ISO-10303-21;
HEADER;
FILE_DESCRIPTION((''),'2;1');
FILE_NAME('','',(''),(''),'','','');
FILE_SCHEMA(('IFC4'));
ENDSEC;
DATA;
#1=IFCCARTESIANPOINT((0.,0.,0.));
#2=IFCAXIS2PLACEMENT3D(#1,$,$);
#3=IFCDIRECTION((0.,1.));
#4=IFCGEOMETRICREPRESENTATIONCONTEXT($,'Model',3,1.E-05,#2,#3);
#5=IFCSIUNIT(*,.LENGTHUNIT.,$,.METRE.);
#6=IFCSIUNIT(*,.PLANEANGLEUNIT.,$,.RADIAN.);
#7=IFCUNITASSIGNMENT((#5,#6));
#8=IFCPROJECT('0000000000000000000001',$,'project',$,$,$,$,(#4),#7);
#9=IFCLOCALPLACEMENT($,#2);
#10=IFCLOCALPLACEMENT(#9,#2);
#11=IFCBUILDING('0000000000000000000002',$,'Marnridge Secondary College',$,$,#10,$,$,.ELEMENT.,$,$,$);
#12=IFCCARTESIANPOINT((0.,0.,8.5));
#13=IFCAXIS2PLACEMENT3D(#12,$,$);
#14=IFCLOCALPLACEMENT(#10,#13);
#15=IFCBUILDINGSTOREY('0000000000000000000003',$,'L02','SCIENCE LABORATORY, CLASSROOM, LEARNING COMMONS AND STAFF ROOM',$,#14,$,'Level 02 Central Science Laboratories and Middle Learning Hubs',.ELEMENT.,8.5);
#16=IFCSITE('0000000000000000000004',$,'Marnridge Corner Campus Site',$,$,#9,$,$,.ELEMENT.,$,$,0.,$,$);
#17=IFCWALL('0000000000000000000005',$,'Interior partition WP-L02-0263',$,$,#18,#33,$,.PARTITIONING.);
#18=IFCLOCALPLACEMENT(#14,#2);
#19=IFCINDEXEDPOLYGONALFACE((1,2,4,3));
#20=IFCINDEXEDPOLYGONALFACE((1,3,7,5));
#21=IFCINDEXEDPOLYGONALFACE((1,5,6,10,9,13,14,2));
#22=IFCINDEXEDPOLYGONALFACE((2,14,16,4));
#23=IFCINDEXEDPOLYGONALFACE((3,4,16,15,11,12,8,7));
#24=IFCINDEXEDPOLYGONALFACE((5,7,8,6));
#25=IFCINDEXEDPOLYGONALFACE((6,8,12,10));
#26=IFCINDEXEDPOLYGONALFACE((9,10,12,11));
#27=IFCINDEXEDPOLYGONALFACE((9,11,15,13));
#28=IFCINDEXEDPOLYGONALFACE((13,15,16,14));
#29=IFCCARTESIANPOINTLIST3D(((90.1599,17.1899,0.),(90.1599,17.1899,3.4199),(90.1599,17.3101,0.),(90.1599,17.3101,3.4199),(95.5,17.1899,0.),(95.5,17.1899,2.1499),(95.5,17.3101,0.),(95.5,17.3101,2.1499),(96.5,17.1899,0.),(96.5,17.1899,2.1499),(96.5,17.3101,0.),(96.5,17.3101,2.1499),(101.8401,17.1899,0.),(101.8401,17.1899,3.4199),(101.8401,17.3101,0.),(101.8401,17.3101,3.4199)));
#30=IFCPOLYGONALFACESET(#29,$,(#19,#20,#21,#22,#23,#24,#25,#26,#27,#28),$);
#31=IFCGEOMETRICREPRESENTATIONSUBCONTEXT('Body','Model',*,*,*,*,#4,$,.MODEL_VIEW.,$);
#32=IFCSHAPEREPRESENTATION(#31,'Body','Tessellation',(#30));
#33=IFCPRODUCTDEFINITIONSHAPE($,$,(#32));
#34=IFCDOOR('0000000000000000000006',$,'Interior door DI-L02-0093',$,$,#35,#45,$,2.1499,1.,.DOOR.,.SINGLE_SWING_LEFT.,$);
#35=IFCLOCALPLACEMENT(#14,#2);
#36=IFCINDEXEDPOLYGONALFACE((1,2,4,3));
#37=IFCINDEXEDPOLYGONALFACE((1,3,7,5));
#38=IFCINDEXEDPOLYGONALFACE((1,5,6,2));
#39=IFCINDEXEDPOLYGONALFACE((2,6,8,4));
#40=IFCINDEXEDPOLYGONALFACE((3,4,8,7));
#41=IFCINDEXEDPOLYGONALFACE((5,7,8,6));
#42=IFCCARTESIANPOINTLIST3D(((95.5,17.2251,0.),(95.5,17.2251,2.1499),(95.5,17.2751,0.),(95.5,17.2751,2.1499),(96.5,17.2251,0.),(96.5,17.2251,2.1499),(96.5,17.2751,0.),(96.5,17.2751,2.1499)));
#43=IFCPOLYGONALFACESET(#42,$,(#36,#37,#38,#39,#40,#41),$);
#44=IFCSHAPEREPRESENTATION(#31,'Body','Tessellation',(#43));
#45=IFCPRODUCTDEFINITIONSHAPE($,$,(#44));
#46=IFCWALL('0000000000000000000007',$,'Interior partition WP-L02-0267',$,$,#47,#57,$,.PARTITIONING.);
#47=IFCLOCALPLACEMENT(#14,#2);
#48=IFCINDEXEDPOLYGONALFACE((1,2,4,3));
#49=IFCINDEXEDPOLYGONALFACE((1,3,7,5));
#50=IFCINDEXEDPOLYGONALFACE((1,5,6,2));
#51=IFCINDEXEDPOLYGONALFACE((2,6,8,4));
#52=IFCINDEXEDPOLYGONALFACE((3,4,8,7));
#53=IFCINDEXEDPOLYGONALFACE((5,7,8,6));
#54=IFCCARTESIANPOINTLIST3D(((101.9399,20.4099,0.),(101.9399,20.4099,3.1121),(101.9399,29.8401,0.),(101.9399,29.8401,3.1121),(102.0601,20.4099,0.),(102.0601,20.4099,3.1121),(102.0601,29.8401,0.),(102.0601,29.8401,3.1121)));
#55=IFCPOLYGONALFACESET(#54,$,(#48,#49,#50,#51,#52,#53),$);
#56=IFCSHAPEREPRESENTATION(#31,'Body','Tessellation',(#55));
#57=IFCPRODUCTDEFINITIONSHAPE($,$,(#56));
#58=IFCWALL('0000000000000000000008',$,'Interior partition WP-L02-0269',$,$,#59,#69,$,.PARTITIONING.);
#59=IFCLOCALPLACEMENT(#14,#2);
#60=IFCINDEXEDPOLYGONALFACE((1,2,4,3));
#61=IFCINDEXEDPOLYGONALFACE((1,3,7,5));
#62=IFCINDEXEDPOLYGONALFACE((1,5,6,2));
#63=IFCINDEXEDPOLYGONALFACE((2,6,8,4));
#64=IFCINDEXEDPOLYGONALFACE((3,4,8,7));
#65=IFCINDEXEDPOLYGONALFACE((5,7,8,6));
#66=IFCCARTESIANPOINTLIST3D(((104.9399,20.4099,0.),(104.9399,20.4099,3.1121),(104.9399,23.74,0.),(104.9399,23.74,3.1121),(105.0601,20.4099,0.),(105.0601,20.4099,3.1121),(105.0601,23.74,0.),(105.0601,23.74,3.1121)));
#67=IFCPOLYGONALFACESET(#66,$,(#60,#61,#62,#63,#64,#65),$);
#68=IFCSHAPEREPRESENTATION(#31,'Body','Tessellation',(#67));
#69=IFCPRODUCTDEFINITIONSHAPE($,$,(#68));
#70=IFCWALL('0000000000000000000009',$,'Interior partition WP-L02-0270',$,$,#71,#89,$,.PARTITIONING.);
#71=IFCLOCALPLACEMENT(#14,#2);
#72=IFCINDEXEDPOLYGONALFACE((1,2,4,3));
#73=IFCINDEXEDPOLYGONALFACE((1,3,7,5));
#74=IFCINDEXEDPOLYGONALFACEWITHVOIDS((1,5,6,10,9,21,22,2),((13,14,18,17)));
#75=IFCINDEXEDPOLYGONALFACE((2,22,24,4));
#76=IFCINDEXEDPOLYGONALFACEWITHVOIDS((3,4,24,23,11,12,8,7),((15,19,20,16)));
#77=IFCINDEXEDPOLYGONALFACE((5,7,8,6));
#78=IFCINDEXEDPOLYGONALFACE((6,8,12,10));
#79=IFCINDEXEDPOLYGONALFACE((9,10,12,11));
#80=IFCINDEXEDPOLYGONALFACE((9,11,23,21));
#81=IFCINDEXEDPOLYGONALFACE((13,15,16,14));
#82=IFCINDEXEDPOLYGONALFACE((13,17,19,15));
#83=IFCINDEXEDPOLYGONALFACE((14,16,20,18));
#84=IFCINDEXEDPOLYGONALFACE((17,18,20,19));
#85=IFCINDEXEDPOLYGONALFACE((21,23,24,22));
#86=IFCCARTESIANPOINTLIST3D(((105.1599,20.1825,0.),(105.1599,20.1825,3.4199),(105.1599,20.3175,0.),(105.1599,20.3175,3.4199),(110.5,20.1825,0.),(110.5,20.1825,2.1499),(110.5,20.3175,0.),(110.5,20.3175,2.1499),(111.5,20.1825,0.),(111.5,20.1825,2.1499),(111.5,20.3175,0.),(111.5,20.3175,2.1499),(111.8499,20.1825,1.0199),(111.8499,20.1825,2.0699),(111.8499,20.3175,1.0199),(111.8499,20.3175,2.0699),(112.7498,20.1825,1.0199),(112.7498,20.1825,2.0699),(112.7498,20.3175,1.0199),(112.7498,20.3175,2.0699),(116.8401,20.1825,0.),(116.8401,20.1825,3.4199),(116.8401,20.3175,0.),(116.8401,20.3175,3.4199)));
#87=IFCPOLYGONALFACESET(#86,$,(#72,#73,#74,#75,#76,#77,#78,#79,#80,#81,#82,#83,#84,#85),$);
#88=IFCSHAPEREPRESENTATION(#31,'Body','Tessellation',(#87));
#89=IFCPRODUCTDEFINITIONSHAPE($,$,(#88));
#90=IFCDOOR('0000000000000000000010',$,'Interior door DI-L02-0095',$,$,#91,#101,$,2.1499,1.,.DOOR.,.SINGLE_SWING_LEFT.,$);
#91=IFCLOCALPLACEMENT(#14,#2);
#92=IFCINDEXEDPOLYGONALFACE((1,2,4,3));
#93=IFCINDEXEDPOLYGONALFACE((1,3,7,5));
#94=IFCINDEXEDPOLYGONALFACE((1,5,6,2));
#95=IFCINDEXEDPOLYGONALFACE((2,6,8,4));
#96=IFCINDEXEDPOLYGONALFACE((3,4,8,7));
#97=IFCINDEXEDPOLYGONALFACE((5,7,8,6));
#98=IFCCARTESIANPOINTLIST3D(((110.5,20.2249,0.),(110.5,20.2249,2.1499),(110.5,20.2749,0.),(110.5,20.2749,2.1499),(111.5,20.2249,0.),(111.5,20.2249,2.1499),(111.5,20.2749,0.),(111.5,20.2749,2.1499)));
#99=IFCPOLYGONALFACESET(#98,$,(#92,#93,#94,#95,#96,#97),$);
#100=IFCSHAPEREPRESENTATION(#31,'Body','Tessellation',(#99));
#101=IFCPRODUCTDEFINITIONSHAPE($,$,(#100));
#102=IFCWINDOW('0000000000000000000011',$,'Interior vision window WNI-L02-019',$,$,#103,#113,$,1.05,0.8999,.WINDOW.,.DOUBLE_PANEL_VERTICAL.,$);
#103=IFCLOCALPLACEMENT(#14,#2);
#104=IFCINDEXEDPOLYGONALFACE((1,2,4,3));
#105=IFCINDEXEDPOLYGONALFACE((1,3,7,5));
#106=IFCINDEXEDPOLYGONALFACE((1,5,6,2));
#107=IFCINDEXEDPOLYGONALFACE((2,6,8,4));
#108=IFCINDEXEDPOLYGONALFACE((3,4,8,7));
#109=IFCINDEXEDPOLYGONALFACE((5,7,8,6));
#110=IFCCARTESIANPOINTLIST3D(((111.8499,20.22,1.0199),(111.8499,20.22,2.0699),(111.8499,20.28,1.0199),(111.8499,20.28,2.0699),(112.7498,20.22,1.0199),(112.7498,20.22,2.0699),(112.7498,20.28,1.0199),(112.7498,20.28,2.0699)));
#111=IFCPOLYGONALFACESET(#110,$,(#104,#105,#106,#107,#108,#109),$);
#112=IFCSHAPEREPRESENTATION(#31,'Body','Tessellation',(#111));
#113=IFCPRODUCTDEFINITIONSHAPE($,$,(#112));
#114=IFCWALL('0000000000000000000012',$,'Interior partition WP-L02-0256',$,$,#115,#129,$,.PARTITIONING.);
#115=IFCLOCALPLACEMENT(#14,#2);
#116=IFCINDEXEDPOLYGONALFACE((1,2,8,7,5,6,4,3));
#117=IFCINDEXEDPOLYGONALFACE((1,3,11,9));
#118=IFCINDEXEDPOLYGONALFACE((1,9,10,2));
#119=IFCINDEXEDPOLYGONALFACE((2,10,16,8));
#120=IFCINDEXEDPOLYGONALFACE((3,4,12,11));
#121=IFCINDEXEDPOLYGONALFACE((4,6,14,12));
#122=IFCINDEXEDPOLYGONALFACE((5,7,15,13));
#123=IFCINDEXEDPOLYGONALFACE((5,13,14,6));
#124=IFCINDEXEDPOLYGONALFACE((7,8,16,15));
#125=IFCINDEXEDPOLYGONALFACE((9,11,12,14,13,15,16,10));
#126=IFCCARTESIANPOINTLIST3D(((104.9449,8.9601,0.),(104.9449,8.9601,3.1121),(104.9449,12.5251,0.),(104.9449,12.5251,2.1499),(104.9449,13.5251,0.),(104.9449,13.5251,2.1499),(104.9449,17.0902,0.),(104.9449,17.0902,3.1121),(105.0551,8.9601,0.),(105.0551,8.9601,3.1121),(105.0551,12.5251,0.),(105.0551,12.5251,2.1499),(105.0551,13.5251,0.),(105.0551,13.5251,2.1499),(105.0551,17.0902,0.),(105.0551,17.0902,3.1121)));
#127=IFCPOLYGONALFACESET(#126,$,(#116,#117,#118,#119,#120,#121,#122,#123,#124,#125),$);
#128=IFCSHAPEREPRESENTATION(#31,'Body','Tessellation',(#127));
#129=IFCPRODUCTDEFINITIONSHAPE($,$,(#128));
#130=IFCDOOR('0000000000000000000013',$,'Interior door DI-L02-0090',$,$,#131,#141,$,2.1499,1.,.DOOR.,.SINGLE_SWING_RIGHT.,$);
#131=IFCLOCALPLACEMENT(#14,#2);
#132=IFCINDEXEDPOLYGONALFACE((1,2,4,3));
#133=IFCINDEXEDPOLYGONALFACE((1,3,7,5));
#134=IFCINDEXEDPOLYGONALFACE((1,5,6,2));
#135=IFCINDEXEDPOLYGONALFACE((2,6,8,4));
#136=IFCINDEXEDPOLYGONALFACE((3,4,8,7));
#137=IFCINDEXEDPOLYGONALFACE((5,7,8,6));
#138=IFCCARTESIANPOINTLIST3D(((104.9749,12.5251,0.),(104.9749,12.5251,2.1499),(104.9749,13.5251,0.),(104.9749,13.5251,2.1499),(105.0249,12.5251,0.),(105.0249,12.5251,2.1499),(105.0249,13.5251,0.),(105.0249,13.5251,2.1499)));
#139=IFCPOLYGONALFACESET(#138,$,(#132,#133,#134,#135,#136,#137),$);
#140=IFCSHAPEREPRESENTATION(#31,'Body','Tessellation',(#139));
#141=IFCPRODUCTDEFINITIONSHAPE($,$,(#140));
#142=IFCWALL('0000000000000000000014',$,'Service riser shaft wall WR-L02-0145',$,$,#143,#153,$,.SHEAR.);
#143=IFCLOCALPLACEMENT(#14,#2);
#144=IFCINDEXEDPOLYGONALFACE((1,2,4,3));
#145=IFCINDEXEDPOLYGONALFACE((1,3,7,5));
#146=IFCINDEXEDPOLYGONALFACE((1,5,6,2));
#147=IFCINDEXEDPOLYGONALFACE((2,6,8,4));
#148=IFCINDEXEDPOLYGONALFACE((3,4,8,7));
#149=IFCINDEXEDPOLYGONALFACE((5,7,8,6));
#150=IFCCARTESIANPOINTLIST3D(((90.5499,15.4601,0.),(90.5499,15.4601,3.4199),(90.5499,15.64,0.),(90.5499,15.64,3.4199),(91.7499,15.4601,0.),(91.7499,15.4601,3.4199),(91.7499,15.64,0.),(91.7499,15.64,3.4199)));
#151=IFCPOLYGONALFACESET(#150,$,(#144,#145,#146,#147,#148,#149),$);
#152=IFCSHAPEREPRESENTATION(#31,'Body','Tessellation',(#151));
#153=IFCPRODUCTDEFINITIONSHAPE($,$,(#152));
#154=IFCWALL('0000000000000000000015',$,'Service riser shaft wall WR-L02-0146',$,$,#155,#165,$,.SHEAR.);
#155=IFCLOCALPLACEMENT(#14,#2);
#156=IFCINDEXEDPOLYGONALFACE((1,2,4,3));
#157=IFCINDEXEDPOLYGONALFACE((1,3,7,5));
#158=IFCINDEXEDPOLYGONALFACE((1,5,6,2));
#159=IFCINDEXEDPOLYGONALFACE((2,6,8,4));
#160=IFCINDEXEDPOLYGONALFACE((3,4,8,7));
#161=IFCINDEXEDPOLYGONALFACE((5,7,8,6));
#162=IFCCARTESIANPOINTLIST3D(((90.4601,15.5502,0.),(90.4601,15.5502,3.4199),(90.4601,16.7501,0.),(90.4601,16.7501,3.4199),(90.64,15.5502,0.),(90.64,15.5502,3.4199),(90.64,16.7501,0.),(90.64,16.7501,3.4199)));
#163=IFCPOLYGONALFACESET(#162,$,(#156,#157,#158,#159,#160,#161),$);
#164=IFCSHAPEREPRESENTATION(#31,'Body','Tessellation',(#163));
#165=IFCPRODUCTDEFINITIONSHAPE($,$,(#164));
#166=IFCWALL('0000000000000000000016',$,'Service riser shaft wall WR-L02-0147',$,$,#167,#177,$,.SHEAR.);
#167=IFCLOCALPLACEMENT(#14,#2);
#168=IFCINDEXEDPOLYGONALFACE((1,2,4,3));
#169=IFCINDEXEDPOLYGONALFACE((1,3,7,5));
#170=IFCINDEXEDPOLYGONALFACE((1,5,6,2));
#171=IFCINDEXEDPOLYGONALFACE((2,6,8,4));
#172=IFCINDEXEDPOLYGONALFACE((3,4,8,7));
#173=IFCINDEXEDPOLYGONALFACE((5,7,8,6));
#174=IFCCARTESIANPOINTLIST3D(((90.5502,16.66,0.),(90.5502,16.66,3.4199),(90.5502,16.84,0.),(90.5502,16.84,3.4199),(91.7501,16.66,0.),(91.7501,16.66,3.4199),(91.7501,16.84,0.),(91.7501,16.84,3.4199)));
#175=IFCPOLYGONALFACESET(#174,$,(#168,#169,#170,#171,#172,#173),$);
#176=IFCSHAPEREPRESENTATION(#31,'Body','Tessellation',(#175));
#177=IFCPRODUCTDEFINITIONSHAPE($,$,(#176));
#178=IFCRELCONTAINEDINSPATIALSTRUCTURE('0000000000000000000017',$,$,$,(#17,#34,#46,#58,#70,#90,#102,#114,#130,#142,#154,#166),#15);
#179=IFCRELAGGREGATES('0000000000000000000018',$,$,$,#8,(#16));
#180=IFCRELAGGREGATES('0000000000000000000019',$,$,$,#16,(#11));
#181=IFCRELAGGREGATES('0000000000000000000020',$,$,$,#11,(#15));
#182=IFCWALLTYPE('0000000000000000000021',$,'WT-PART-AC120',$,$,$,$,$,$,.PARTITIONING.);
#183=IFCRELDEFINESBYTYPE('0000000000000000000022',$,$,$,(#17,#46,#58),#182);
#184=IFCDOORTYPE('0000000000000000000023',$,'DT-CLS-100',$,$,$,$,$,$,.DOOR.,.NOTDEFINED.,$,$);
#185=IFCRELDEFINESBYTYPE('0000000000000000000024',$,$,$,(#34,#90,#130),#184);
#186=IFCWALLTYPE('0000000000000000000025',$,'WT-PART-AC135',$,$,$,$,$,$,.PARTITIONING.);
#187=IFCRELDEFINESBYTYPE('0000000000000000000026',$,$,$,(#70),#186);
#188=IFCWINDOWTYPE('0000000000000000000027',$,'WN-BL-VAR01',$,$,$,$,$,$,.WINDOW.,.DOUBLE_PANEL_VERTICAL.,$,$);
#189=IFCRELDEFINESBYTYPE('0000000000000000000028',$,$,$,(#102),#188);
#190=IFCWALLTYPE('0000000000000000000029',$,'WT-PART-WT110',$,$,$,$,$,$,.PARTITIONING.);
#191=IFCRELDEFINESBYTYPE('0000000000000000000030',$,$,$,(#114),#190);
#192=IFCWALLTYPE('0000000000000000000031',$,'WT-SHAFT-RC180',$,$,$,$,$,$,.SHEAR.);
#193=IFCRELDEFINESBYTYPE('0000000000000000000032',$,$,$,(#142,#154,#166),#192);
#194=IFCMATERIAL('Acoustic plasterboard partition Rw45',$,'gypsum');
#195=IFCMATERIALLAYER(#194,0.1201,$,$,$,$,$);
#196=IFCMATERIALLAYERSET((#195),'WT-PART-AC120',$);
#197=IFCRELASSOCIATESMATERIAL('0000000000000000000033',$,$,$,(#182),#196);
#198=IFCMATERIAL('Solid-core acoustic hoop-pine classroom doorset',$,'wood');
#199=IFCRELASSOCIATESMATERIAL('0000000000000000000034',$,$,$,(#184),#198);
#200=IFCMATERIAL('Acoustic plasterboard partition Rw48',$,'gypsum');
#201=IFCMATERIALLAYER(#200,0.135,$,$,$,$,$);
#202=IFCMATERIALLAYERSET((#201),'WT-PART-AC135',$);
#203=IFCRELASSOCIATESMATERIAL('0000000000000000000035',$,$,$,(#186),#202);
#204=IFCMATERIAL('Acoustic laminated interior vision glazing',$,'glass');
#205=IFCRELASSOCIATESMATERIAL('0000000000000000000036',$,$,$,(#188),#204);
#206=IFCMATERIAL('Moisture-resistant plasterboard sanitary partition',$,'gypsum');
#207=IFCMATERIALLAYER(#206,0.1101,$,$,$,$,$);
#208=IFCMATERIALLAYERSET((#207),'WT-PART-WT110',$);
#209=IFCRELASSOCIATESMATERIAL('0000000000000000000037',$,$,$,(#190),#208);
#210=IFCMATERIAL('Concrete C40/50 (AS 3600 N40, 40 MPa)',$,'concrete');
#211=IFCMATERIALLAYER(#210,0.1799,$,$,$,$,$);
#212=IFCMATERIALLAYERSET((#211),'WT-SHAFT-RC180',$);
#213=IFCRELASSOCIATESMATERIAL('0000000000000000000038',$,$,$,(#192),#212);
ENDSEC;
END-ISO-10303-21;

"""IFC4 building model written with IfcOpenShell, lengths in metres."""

from ifc_helpers import new_model, si_unit, direction, frame, frame_2d, origin, place, context, subcontext, project, spatial, rectangle, extrude, material, layer, layer_set, type_object, element, fill, save


model = new_model("IFC4")

# Units and contexts
model_context = context("Model", 3, precision=1e-05, world=origin(), true_north=direction((0.0, 1.0)))
body_context = subcontext(model_context, "Body", "Model", "MODEL_VIEW")
ifc_project = project(units=[si_unit("LENGTHUNIT", "METRE"), si_unit("PLANEANGLEUNIT", "RADIAN")], contexts=[model_context])

# Site, building, storey
site_placement = place(None, origin())
site = spatial("IfcSite", under=ifc_project, at=site_placement, Name="Marnridge Corner Campus Site", CompositionType="ELEMENT", RefElevation=0.0)
building_placement = place(site_placement, origin())
building = spatial("IfcBuilding", under=site, at=building_placement, Name="Marnridge Secondary College", CompositionType="ELEMENT")
storey_placement = place(building_placement, frame((0.0, 0.0, 8.5)))
storey = spatial("IfcBuildingStorey", under=building, at=storey_placement, Name="L02", Description="SCIENCE LABORATORY, CLASSROOM, LEARNING COMMONS AND STAFF ROOM", LongName="Level 02 Central Science Laboratories and Middle Learning Hubs", CompositionType="ELEMENT", Elevation=8.5)

# Wall, opening, door
ifc_material_1 = material(Name="Acoustic plasterboard partition Rw45", Category="gypsum")
ifc_layer_1 = layer(ifc_material_1, 0.1201)
ifc_layer_set_1 = layer_set([ifc_layer_1], Name="WT-PART-AC120")
wall_type_1 = type_object("IfcWallType", Name="WT-PART-AC120", PredefinedType="PARTITIONING", material=ifc_layer_set_1)
wall_1_placement = place(storey_placement, frame((101.8401, 17.25, 0.0), z_axis=(0.0, 0.0, 1.0), x_axis=(-1.0, 0.0, 0.0)))
wall_1 = element("IfcWall", 1, at=wall_1_placement, inside=storey, type_object=wall_type_1, Name="Interior partition WP-L02-0263", PredefinedType="PARTITIONING", context=body_context, shape_type="SweptSolid", body=[
    extrude(rectangle(XDim=11.6802, YDim=0.1201, at=frame_2d((5.8401, 0.0))), origin(), (0.0, 0.0, 1.0), 3.4199),
])
opening_1_placement = place(wall_1_placement, frame((5.3401, 0.0, 0.0)))
opening_1 = element("IfcOpeningElement", 2, at=opening_1_placement, cuts=wall_1, PredefinedType="OPENING", context=body_context, shape_type="SweptSolid", body=[
    extrude(rectangle(XDim=1.0, YDim=2.1499, at=frame_2d((0.5, 1.075))), frame((0.0, 0.0701, 0.0), z_axis=(0.0, -1.0, 0.0), x_axis=(1.0, 0.0, 0.0)), (0.0, 0.0, 1.0), 0.1401),
])
ifc_material_2 = material(Name="Solid-core acoustic hoop-pine classroom doorset", Category="wood")
door_type = type_object("IfcDoorType", Name="DT-CLS-100", OperationType="NOTDEFINED", PredefinedType="DOOR", material=ifc_material_2)
door_1_placement = place(opening_1_placement, origin())
door_1 = element("IfcDoor", 3, at=door_1_placement, inside=storey, type_object=door_type, Name="Interior door DI-L02-0093", OperationType="SINGLE_SWING_LEFT", OverallHeight=2.1499, OverallWidth=1.0, PredefinedType="DOOR", context=body_context, shape_type="SweptSolid", body=[
    extrude(rectangle(XDim=1.0, YDim=2.1499, at=frame_2d((0.5, 1.075))), frame((0.0, 0.0249, 0.0), z_axis=(0.0, -1.0, 0.0), x_axis=(1.0, 0.0, 0.0)), (0.0, 0.0, 1.0), 0.05),
])
fill(opening_1, door_1)

# Walls
wall_2_placement = place(storey_placement, frame((102.0, 20.4099, 0.0), z_axis=(0.0, 0.0, 1.0), x_axis=(0.0, 1.0, 0.0)))
element("IfcWall", 4, at=wall_2_placement, inside=storey, type_object=wall_type_1, Name="Interior partition WP-L02-0267", PredefinedType="PARTITIONING", context=body_context, shape_type="SweptSolid", body=[
    extrude(rectangle(XDim=9.4302, YDim=0.1201, at=frame_2d((4.7151, 0.0))), origin(), (0.0, 0.0, 1.0), 3.1121),
])
wall_3_placement = place(storey_placement, frame((105.0, 23.74, 0.0), z_axis=(0.0, 0.0, 1.0), x_axis=(0.0, -1.0, 0.0)))
element("IfcWall", 5, at=wall_3_placement, inside=storey, type_object=wall_type_1, Name="Interior partition WP-L02-0269", PredefinedType="PARTITIONING", context=body_context, shape_type="SweptSolid", body=[
    extrude(rectangle(XDim=3.3301, YDim=0.1201, at=frame_2d((1.665, 0.0))), origin(), (0.0, 0.0, 1.0), 3.1121),
])

# Wall, openings, door, window
ifc_material_3 = material(Name="Acoustic plasterboard partition Rw48", Category="gypsum")
ifc_layer_2 = layer(ifc_material_3, 0.135)
ifc_layer_set_2 = layer_set([ifc_layer_2], Name="WT-PART-AC135")
wall_type_2 = type_object("IfcWallType", Name="WT-PART-AC135", PredefinedType="PARTITIONING", material=ifc_layer_set_2)
wall_4_placement = place(storey_placement, frame((105.1599, 20.25, 0.0), z_axis=(0.0, 0.0, 1.0), x_axis=(1.0, 0.0, 0.0)))
wall_4 = element("IfcWall", 6, at=wall_4_placement, inside=storey, type_object=wall_type_2, Name="Interior partition WP-L02-0270", PredefinedType="PARTITIONING", context=body_context, shape_type="SweptSolid", body=[
    extrude(rectangle(XDim=11.6802, YDim=0.135, at=frame_2d((5.8401, 0.0))), origin(), (0.0, 0.0, 1.0), 3.4199),
])
opening_2_placement = place(wall_4_placement, frame((5.3401, 0.0, 0.0)))
opening_2 = element("IfcOpeningElement", 7, at=opening_2_placement, cuts=wall_4, PredefinedType="OPENING", context=body_context, shape_type="SweptSolid", body=[
    extrude(rectangle(XDim=1.0, YDim=2.1499, at=frame_2d((0.5, 1.075))), frame((0.0, 0.0774, 0.0), z_axis=(0.0, -1.0, 0.0), x_axis=(1.0, 0.0, 0.0)), (0.0, 0.0, 1.0), 0.155),
])
opening_3_placement = place(wall_4_placement, frame((6.6899, 0.0, 1.02)))
opening_3 = element("IfcOpeningElement", 8, at=opening_3_placement, cuts=wall_4, PredefinedType="OPENING", context=body_context, shape_type="SweptSolid", body=[
    extrude(rectangle(XDim=0.8999, YDim=1.05, at=frame_2d((0.45, 0.5249))), frame((0.0, 0.0774, 0.0), z_axis=(0.0, -1.0, 0.0), x_axis=(1.0, 0.0, 0.0)), (0.0, 0.0, 1.0), 0.155),
])
door_2_placement = place(opening_2_placement, origin())
door_2 = element("IfcDoor", 9, at=door_2_placement, inside=storey, type_object=door_type, Name="Interior door DI-L02-0095", OperationType="SINGLE_SWING_LEFT", OverallHeight=2.1499, OverallWidth=1.0, PredefinedType="DOOR", context=body_context, shape_type="SweptSolid", body=[
    extrude(rectangle(XDim=1.0, YDim=2.1499, at=frame_2d((0.5, 1.075))), frame((0.0, 0.0249, 0.0), z_axis=(0.0, -1.0, 0.0), x_axis=(1.0, 0.0, 0.0)), (0.0, 0.0, 1.0), 0.05),
])
fill(opening_2, door_2)
ifc_material_4 = material(Name="Acoustic laminated interior vision glazing", Category="glass")
window_type_1 = type_object("IfcWindowType", Name="WN-BL-VAR01", PartitioningType="DOUBLE_PANEL_VERTICAL", PredefinedType="WINDOW", material=ifc_material_4)
window_1_placement = place(opening_3_placement, origin())
window_1 = element("IfcWindow", 10, at=window_1_placement, inside=storey, type_object=window_type_1, Name="Interior vision window WNI-L02-019", OverallHeight=1.05, OverallWidth=0.8999, PartitioningType="DOUBLE_PANEL_VERTICAL", PredefinedType="WINDOW", context=body_context, shape_type="SweptSolid", body=[
    extrude(rectangle(XDim=0.8999, YDim=1.05, at=frame_2d((0.45, 0.5249))), frame((0.0, 0.03, 0.0), z_axis=(0.0, -1.0, 0.0), x_axis=(1.0, 0.0, 0.0)), (0.0, 0.0, 1.0), 0.0601),
])
fill(opening_3, window_1)

# Wall, opening, door
ifc_material_5 = material(Name="Moisture-resistant plasterboard sanitary partition", Category="gypsum")
ifc_layer_3 = layer(ifc_material_5, 0.1101)
ifc_layer_set_3 = layer_set([ifc_layer_3], Name="WT-PART-WT110")
wall_type_3 = type_object("IfcWallType", Name="WT-PART-WT110", PredefinedType="PARTITIONING", material=ifc_layer_set_3)
wall_5_placement = place(storey_placement, frame((105.0, 17.0901, 0.0), z_axis=(0.0, 0.0, 1.0), x_axis=(0.0, -1.0, 0.0)))
wall_5 = element("IfcWall", 11, at=wall_5_placement, inside=storey, type_object=wall_type_3, Name="Interior partition WP-L02-0256", PredefinedType="PARTITIONING", context=body_context, shape_type="SweptSolid", body=[
    extrude(rectangle(XDim=8.1301, YDim=0.1101, at=frame_2d((4.0649, 0.0))), origin(), (0.0, 0.0, 1.0), 3.1121),
])
opening_4_placement = place(wall_5_placement, frame((3.5649, 0.0, 0.0)))
opening_4 = element("IfcOpeningElement", 12, at=opening_4_placement, cuts=wall_5, PredefinedType="OPENING", context=body_context, shape_type="SweptSolid", body=[
    extrude(rectangle(XDim=1.0, YDim=2.1499, at=frame_2d((0.5, 1.075))), frame((0.0, 0.0649, 0.0), z_axis=(0.0, -1.0, 0.0), x_axis=(1.0, 0.0, 0.0)), (0.0, 0.0, 1.0), 0.1301),
])
door_3_placement = place(opening_4_placement, origin())
door_3 = element("IfcDoor", 13, at=door_3_placement, inside=storey, type_object=door_type, Name="Interior door DI-L02-0090", OperationType="SINGLE_SWING_RIGHT", OverallHeight=2.1499, OverallWidth=1.0, PredefinedType="DOOR", context=body_context, shape_type="SweptSolid", body=[
    extrude(rectangle(XDim=1.0, YDim=2.1499, at=frame_2d((0.5, 1.075))), frame((0.0, 0.0249, 0.0), z_axis=(0.0, -1.0, 0.0), x_axis=(1.0, 0.0, 0.0)), (0.0, 0.0, 1.0), 0.05),
])
fill(opening_4, door_3)

# Walls
ifc_material_6 = material(Name="Concrete C40/50 (AS 3600 N40, 40 MPa)", Category="concrete")
ifc_layer_4 = layer(ifc_material_6, 0.1799)
ifc_layer_set_4 = layer_set([ifc_layer_4], Name="WT-SHAFT-RC180")
wall_type_4 = type_object("IfcWallType", Name="WT-SHAFT-RC180", PredefinedType="SHEAR", material=ifc_layer_set_4)
for number, where, z_axis, x_axis, name in (
    (14, (91.75, 15.55, 0.0), (0.0, 0.0, 1.0), (-1.0, 0.0, 0.0), "Service riser shaft wall WR-L02-0145"),
    (15, (90.55, 15.55, 0.0), (0.0, 0.0, 1.0), (0.0, 1.0, 0.0), "Service riser shaft wall WR-L02-0146"),
    (16, (90.55, 16.75, 0.0), (0.0, 0.0, 1.0), (1.0, 0.0, 0.0), "Service riser shaft wall WR-L02-0147"),
):
    element("IfcWall", number, at=place(storey_placement, frame(where, z_axis=z_axis, x_axis=x_axis)), inside=storey, type_object=wall_type_4, Name=name, PredefinedType="SHEAR", context=body_context, shape_type="SweptSolid", body=[
        extrude(rectangle(XDim=1.2, YDim=0.1799, at=frame_2d((0.6001, 0.0))), origin(), (0.0, 0.0, 1.0), 3.4199),
    ])

save(model, "model.ifc")
